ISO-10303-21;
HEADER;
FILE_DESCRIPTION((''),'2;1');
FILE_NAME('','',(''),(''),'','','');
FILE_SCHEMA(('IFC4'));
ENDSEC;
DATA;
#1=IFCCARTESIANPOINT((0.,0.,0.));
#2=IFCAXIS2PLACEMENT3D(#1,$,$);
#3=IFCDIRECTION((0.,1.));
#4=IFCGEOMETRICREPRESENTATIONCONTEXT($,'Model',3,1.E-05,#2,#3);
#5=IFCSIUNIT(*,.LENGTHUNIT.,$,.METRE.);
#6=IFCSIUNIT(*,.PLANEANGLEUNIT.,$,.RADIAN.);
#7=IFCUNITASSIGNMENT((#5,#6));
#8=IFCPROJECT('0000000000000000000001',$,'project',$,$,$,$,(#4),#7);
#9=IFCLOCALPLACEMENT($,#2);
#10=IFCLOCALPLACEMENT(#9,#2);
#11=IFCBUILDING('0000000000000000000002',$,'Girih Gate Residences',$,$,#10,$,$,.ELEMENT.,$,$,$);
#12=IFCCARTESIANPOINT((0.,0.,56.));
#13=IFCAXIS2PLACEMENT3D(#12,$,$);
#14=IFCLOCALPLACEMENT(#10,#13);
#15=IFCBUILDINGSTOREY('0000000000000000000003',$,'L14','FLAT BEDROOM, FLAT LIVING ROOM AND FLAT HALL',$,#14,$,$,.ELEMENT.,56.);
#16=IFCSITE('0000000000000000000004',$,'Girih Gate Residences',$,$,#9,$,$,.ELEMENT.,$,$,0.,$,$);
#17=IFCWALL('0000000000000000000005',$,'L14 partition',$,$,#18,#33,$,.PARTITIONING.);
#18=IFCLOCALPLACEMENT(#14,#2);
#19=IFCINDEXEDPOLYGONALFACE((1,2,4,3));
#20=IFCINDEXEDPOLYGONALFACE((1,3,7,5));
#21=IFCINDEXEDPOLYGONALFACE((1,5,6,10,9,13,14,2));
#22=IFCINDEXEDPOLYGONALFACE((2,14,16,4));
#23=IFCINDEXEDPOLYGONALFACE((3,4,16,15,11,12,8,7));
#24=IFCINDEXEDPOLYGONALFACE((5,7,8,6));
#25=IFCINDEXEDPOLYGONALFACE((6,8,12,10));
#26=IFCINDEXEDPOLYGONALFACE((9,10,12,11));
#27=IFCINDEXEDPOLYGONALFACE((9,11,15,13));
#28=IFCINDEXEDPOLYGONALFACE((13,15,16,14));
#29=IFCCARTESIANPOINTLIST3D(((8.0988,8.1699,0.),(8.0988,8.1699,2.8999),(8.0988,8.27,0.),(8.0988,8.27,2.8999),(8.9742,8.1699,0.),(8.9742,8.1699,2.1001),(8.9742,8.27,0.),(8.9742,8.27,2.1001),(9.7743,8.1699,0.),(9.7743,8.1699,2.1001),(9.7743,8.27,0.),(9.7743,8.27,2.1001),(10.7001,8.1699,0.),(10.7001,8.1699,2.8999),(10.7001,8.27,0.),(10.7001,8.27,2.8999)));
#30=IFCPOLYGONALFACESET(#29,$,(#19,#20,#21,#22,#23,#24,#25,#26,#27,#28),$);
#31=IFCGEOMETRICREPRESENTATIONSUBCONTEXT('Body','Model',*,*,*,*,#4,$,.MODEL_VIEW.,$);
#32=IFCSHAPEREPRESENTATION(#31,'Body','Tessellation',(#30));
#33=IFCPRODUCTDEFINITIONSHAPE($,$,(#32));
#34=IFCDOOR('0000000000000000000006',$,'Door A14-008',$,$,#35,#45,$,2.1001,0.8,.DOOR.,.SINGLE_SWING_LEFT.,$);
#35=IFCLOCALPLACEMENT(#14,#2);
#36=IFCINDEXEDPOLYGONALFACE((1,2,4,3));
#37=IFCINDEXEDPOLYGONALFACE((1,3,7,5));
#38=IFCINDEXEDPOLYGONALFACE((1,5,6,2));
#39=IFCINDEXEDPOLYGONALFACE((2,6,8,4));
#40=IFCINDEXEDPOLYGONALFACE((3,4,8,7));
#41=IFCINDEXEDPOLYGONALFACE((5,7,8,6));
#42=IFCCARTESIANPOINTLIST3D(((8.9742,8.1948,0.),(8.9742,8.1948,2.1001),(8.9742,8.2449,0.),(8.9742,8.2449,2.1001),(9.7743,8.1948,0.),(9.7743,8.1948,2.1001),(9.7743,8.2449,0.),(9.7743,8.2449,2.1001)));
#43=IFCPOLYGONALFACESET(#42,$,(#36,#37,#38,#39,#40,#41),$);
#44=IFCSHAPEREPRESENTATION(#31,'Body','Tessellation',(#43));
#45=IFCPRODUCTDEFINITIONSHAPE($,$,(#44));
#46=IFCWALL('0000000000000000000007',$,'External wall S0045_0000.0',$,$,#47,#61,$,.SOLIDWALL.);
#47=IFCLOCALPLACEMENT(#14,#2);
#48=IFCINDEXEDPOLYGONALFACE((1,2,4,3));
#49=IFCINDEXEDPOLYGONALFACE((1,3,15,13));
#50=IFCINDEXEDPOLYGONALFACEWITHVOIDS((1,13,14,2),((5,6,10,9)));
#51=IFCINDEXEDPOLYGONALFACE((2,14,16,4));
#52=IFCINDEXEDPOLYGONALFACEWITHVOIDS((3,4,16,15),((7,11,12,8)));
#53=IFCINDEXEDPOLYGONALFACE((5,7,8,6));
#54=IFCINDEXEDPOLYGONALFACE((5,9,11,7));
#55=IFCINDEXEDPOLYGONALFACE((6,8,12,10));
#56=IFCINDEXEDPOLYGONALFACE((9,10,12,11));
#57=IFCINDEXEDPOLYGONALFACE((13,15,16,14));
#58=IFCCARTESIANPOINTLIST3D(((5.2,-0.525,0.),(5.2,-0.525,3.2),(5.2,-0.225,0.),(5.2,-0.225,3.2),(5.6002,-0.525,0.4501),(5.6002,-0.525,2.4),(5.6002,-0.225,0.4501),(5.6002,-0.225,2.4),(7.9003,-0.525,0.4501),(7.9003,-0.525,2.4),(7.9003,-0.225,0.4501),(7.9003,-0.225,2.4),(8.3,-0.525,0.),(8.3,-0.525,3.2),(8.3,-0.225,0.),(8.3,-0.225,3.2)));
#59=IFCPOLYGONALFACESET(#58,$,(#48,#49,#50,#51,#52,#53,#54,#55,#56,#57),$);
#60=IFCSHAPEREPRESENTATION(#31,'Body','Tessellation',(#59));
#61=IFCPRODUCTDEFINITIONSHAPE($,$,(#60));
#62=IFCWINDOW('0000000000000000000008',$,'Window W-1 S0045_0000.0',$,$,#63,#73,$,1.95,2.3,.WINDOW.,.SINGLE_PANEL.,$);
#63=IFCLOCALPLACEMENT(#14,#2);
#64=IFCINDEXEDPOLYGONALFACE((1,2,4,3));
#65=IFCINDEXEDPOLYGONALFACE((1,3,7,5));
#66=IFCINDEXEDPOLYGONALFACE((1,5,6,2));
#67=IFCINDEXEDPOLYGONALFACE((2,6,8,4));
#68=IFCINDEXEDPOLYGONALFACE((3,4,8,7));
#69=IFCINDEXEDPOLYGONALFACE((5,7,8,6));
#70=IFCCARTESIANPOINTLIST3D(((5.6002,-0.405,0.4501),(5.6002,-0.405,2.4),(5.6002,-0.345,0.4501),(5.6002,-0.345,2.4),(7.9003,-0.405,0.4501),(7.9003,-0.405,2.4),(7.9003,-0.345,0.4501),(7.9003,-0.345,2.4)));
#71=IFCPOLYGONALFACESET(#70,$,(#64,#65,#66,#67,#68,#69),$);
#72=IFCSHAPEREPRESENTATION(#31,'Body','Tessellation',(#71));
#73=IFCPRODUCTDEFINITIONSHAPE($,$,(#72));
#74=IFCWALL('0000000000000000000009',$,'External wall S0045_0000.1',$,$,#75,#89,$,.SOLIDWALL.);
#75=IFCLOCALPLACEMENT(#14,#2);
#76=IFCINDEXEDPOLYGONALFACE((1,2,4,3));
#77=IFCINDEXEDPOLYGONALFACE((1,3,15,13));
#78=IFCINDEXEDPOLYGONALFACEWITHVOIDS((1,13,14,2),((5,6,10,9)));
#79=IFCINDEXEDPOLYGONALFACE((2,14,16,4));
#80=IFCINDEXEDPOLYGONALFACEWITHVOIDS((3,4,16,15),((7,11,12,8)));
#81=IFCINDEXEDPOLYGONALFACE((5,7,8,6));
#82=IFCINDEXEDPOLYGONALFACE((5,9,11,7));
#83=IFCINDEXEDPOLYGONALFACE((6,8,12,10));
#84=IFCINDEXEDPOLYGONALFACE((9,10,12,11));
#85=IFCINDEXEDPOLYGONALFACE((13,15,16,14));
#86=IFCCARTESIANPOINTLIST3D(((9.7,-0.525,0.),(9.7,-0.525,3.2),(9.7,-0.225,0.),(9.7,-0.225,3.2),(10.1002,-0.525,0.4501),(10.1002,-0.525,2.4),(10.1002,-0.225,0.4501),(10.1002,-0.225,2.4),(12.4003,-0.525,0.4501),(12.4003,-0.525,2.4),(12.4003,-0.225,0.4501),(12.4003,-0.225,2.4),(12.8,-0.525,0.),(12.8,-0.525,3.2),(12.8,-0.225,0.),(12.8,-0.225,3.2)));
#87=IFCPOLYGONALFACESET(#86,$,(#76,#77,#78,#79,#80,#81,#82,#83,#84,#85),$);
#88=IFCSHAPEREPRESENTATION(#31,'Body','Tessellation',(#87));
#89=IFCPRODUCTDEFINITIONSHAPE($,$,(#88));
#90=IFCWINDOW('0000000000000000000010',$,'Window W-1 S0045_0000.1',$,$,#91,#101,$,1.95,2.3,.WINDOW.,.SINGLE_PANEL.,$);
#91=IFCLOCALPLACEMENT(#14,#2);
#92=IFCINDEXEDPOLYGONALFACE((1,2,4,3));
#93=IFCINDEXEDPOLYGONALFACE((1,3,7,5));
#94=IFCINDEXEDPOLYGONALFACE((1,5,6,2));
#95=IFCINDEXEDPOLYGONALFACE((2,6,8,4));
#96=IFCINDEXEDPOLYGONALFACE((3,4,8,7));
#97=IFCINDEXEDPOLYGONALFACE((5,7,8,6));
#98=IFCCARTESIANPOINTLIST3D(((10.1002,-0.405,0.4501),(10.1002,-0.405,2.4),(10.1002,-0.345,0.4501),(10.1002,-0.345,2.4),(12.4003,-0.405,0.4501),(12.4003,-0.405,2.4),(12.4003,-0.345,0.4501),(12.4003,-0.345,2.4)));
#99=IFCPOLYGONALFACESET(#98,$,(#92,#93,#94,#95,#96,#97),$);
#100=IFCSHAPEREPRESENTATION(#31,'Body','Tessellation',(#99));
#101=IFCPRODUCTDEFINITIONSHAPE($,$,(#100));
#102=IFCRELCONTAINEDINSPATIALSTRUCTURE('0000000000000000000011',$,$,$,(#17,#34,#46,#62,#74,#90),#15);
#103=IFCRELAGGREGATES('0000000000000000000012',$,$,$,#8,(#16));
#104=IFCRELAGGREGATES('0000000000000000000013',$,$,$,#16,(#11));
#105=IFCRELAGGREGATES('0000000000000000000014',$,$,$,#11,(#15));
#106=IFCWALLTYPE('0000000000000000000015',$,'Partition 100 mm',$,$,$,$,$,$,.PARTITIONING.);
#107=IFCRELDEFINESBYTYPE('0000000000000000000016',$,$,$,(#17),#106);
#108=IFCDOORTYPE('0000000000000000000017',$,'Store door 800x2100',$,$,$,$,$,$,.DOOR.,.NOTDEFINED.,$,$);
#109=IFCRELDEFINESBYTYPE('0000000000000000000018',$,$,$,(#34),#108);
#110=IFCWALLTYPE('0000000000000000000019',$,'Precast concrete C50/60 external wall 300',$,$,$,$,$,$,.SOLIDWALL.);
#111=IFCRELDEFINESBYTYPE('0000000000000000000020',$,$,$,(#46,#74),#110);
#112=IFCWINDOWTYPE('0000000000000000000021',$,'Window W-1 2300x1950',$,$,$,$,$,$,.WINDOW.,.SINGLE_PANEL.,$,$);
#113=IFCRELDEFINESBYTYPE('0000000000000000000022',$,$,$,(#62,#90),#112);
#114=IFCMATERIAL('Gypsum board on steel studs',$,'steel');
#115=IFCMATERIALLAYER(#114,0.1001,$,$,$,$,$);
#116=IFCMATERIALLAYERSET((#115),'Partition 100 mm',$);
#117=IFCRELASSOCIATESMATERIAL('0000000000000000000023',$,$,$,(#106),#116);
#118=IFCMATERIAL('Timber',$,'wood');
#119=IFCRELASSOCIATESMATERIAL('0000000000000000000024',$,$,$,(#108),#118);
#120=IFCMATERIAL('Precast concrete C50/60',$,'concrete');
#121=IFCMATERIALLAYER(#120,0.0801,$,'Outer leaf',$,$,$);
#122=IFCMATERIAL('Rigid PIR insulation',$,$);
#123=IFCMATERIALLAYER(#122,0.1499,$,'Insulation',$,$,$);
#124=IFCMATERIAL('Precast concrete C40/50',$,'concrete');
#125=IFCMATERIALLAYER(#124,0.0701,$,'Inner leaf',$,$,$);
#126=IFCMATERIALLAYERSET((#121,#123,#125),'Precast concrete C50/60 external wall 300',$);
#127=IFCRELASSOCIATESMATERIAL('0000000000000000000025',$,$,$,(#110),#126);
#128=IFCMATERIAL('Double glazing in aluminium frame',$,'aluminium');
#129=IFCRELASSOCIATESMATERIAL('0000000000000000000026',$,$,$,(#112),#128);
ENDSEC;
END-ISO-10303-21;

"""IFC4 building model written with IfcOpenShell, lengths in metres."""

from ifc_helpers import new_model, si_unit, direction, frame, frame_2d, origin, place, context, subcontext, project, spatial, rectangle, extrude, material, layer, layer_set, type_object, element, fill, save


model = new_model("IFC4")

# Units and contexts
model_context = context("Model", 3, precision=1e-05, world=origin(), true_north=direction((0.0, 1.0)))
body_context = subcontext(model_context, "Body", "Model", "MODEL_VIEW")
ifc_project = project(units=[si_unit("LENGTHUNIT", "METRE"), si_unit("PLANEANGLEUNIT", "RADIAN")], contexts=[model_context])

# Site, building, storey
site_placement = place(None, origin())
site = spatial("IfcSite", under=ifc_project, at=site_placement, Name="Girih Gate Residences", CompositionType="ELEMENT", RefElevation=0.0)
building_placement = place(site_placement, origin())
building = spatial("IfcBuilding", under=site, at=building_placement, Name="Girih Gate Residences", CompositionType="ELEMENT")
storey_placement = place(building_placement, frame((0.0, 0.0, 56.0)))
storey = spatial("IfcBuildingStorey", under=building, at=storey_placement, Name="L14", Description="FLAT BEDROOM, FLAT LIVING ROOM AND FLAT HALL", CompositionType="ELEMENT", Elevation=56.0)

# Shared definitions
ifc_material_1 = material(Name="Gypsum board on steel studs", Category="steel")
ifc_layer_1 = layer(ifc_material_1, 0.1001)
ifc_layer_set_1 = layer_set([ifc_layer_1], Name="Partition 100 mm")
wall_type_1 = type_object("IfcWallType", Name="Partition 100 mm", PredefinedType="PARTITIONING", material=ifc_layer_set_1)

# Shared definitions
ifc_material_2 = material(Name="Timber", Category="wood")

# Wall, opening, door
wall_1_placement = place(storey_placement, frame((8.0986, 8.22, 0.0), z_axis=(0.0, 0.0, 1.0), x_axis=(1.0, 0.0, 0.0)))
wall_1 = element("IfcWall", 1, at=wall_1_placement, inside=storey, type_object=wall_type_1, Name="L14 partition", PredefinedType="PARTITIONING", context=body_context, shape_type="SweptSolid", body=[
    extrude(rectangle(XDim=2.6013, YDim=0.1001, at=frame_2d((1.3008, 0.0))), origin(), (0.0, 0.0, 1.0), 2.8999),
])
opening_1_placement = place(wall_1_placement, frame((0.8757, 0.0, 0.0)))
opening_1 = element("IfcOpeningElement", 2, at=opening_1_placement, cuts=wall_1, PredefinedType="OPENING", context=body_context, shape_type="SweptSolid", body=[
    extrude(rectangle(XDim=0.8, YDim=2.1001, at=frame_2d((0.3999, 1.05))), frame((0.0, 0.0601, 0.0), z_axis=(0.0, -1.0, 0.0), x_axis=(1.0, 0.0, 0.0)), (0.0, 0.0, 1.0), 0.1201),
])
door_type_1 = type_object("IfcDoorType", Name="Store door 800x2100", OperationType="NOTDEFINED", PredefinedType="DOOR", material=ifc_material_2)
door_1_placement = place(opening_1_placement, origin())
door_1 = element("IfcDoor", 3, at=door_1_placement, inside=storey, type_object=door_type_1, Name="Door A14-008", OperationType="SINGLE_SWING_LEFT", OverallHeight=2.1001, OverallWidth=0.8, PredefinedType="DOOR", context=body_context, shape_type="SweptSolid", body=[
    extrude(rectangle(XDim=0.8, YDim=2.1001, at=frame_2d((0.3999, 1.05))), frame((0.0, 0.0249, 0.0), z_axis=(0.0, -1.0, 0.0), x_axis=(1.0, 0.0, 0.0)), (0.0, 0.0, 1.0), 0.05),
])
fill(opening_1, door_1)

# Walls, openings, windows
ifc_material_3 = material(Name="Precast concrete C50/60", Category="concrete")
ifc_layer_2 = layer(ifc_material_3, 0.0801, Name="Outer leaf")
ifc_material_4 = material(Name="Rigid PIR insulation")
ifc_layer_3 = layer(ifc_material_4, 0.1499, Name="Insulation")
ifc_material_5 = material(Name="Precast concrete C40/50", Category="concrete")
ifc_layer_4 = layer(ifc_material_5, 0.0701, Name="Inner leaf")
ifc_layer_set_2 = layer_set([ifc_layer_2, ifc_layer_3, ifc_layer_4], Name="Precast concrete C50/60 external wall 300")
wall_type_2 = type_object("IfcWallType", Name="Precast concrete C50/60 external wall 300", PredefinedType="SOLIDWALL", material=ifc_layer_set_2)
wall_2_placement = place(storey_placement, frame((8.3, -0.375, 0.0), z_axis=(0.0, 0.0, 1.0), x_axis=(-1.0, 0.0, 0.0)))
wall_2 = element("IfcWall", 4, at=wall_2_placement, inside=storey, type_object=wall_type_2, Name="External wall S0045_0000.0", PredefinedType="SOLIDWALL", context=body_context, shape_type="SweptSolid", body=[
    extrude(rectangle(XDim=3.1001, YDim=0.3, at=frame_2d((1.55, 0.0))), origin(), (0.0, 0.0, 1.0), 3.2),
])
opening_2_placement = place(wall_2_placement, frame((0.3999, 0.0, 0.45)))
opening_2 = element("IfcOpeningElement", 5, at=opening_2_placement, cuts=wall_2, PredefinedType="OPENING", context=body_context, shape_type="SweptSolid", body=[
    extrude(rectangle(XDim=2.3, YDim=1.95, at=frame_2d((1.1499, 0.9751))), frame((0.0, 0.1599, 0.0), z_axis=(0.0, -1.0, 0.0), x_axis=(1.0, 0.0, 0.0)), (0.0, 0.0, 1.0), 0.3201),
])
ifc_material_6 = material(Name="Double glazing in aluminium frame", Category="aluminium")
window_type = type_object("IfcWindowType", Name="Window W-1 2300x1950", PartitioningType="SINGLE_PANEL", PredefinedType="WINDOW", material=ifc_material_6)
window_1_placement = place(opening_2_placement, origin())
window_1 = element("IfcWindow", 6, at=window_1_placement, inside=storey, type_object=window_type, Name="Window W-1 S0045_0000.0", OverallHeight=1.95, OverallWidth=2.3, PartitioningType="SINGLE_PANEL", PredefinedType="WINDOW", context=body_context, shape_type="SweptSolid", body=[
    extrude(rectangle(XDim=2.3, YDim=1.95, at=frame_2d((1.1499, 0.9751))), frame((0.0, 0.03, 0.0), z_axis=(0.0, -1.0, 0.0), x_axis=(1.0, 0.0, 0.0)), (0.0, 0.0, 1.0), 0.0601),
])
fill(opening_2, window_1)
wall_3_placement = place(storey_placement, frame((12.8, -0.375, 0.0), z_axis=(0.0, 0.0, 1.0), x_axis=(-1.0, 0.0, 0.0)))
wall_3 = element("IfcWall", 7, at=wall_3_placement, inside=storey, type_object=wall_type_2, Name="External wall S0045_0000.1", PredefinedType="SOLIDWALL", context=body_context, shape_type="SweptSolid", body=[
    extrude(rectangle(XDim=3.1001, YDim=0.3, at=frame_2d((1.55, 0.0))), origin(), (0.0, 0.0, 1.0), 3.2),
])
opening_3_placement = place(wall_3_placement, frame((0.3999, 0.0, 0.45)))
opening_3 = element("IfcOpeningElement", 8, at=opening_3_placement, cuts=wall_3, PredefinedType="OPENING", context=body_context, shape_type="SweptSolid", body=[
    extrude(rectangle(XDim=2.3, YDim=1.95, at=frame_2d((1.1499, 0.9751))), frame((0.0, 0.1599, 0.0), z_axis=(0.0, -1.0, 0.0), x_axis=(1.0, 0.0, 0.0)), (0.0, 0.0, 1.0), 0.3201),
])
window_2_placement = place(opening_3_placement, origin())
window_2 = element("IfcWindow", 9, at=window_2_placement, inside=storey, type_object=window_type, Name="Window W-1 S0045_0000.1", OverallHeight=1.95, OverallWidth=2.3, PartitioningType="SINGLE_PANEL", PredefinedType="WINDOW", context=body_context, shape_type="SweptSolid", body=[
    extrude(rectangle(XDim=2.3, YDim=1.95, at=frame_2d((1.1499, 0.9751))), frame((0.0, 0.03, 0.0), z_axis=(0.0, -1.0, 0.0), x_axis=(1.0, 0.0, 0.0)), (0.0, 0.0, 1.0), 0.0601),
])
fill(opening_3, window_2)

save(model, "model.ifc")
